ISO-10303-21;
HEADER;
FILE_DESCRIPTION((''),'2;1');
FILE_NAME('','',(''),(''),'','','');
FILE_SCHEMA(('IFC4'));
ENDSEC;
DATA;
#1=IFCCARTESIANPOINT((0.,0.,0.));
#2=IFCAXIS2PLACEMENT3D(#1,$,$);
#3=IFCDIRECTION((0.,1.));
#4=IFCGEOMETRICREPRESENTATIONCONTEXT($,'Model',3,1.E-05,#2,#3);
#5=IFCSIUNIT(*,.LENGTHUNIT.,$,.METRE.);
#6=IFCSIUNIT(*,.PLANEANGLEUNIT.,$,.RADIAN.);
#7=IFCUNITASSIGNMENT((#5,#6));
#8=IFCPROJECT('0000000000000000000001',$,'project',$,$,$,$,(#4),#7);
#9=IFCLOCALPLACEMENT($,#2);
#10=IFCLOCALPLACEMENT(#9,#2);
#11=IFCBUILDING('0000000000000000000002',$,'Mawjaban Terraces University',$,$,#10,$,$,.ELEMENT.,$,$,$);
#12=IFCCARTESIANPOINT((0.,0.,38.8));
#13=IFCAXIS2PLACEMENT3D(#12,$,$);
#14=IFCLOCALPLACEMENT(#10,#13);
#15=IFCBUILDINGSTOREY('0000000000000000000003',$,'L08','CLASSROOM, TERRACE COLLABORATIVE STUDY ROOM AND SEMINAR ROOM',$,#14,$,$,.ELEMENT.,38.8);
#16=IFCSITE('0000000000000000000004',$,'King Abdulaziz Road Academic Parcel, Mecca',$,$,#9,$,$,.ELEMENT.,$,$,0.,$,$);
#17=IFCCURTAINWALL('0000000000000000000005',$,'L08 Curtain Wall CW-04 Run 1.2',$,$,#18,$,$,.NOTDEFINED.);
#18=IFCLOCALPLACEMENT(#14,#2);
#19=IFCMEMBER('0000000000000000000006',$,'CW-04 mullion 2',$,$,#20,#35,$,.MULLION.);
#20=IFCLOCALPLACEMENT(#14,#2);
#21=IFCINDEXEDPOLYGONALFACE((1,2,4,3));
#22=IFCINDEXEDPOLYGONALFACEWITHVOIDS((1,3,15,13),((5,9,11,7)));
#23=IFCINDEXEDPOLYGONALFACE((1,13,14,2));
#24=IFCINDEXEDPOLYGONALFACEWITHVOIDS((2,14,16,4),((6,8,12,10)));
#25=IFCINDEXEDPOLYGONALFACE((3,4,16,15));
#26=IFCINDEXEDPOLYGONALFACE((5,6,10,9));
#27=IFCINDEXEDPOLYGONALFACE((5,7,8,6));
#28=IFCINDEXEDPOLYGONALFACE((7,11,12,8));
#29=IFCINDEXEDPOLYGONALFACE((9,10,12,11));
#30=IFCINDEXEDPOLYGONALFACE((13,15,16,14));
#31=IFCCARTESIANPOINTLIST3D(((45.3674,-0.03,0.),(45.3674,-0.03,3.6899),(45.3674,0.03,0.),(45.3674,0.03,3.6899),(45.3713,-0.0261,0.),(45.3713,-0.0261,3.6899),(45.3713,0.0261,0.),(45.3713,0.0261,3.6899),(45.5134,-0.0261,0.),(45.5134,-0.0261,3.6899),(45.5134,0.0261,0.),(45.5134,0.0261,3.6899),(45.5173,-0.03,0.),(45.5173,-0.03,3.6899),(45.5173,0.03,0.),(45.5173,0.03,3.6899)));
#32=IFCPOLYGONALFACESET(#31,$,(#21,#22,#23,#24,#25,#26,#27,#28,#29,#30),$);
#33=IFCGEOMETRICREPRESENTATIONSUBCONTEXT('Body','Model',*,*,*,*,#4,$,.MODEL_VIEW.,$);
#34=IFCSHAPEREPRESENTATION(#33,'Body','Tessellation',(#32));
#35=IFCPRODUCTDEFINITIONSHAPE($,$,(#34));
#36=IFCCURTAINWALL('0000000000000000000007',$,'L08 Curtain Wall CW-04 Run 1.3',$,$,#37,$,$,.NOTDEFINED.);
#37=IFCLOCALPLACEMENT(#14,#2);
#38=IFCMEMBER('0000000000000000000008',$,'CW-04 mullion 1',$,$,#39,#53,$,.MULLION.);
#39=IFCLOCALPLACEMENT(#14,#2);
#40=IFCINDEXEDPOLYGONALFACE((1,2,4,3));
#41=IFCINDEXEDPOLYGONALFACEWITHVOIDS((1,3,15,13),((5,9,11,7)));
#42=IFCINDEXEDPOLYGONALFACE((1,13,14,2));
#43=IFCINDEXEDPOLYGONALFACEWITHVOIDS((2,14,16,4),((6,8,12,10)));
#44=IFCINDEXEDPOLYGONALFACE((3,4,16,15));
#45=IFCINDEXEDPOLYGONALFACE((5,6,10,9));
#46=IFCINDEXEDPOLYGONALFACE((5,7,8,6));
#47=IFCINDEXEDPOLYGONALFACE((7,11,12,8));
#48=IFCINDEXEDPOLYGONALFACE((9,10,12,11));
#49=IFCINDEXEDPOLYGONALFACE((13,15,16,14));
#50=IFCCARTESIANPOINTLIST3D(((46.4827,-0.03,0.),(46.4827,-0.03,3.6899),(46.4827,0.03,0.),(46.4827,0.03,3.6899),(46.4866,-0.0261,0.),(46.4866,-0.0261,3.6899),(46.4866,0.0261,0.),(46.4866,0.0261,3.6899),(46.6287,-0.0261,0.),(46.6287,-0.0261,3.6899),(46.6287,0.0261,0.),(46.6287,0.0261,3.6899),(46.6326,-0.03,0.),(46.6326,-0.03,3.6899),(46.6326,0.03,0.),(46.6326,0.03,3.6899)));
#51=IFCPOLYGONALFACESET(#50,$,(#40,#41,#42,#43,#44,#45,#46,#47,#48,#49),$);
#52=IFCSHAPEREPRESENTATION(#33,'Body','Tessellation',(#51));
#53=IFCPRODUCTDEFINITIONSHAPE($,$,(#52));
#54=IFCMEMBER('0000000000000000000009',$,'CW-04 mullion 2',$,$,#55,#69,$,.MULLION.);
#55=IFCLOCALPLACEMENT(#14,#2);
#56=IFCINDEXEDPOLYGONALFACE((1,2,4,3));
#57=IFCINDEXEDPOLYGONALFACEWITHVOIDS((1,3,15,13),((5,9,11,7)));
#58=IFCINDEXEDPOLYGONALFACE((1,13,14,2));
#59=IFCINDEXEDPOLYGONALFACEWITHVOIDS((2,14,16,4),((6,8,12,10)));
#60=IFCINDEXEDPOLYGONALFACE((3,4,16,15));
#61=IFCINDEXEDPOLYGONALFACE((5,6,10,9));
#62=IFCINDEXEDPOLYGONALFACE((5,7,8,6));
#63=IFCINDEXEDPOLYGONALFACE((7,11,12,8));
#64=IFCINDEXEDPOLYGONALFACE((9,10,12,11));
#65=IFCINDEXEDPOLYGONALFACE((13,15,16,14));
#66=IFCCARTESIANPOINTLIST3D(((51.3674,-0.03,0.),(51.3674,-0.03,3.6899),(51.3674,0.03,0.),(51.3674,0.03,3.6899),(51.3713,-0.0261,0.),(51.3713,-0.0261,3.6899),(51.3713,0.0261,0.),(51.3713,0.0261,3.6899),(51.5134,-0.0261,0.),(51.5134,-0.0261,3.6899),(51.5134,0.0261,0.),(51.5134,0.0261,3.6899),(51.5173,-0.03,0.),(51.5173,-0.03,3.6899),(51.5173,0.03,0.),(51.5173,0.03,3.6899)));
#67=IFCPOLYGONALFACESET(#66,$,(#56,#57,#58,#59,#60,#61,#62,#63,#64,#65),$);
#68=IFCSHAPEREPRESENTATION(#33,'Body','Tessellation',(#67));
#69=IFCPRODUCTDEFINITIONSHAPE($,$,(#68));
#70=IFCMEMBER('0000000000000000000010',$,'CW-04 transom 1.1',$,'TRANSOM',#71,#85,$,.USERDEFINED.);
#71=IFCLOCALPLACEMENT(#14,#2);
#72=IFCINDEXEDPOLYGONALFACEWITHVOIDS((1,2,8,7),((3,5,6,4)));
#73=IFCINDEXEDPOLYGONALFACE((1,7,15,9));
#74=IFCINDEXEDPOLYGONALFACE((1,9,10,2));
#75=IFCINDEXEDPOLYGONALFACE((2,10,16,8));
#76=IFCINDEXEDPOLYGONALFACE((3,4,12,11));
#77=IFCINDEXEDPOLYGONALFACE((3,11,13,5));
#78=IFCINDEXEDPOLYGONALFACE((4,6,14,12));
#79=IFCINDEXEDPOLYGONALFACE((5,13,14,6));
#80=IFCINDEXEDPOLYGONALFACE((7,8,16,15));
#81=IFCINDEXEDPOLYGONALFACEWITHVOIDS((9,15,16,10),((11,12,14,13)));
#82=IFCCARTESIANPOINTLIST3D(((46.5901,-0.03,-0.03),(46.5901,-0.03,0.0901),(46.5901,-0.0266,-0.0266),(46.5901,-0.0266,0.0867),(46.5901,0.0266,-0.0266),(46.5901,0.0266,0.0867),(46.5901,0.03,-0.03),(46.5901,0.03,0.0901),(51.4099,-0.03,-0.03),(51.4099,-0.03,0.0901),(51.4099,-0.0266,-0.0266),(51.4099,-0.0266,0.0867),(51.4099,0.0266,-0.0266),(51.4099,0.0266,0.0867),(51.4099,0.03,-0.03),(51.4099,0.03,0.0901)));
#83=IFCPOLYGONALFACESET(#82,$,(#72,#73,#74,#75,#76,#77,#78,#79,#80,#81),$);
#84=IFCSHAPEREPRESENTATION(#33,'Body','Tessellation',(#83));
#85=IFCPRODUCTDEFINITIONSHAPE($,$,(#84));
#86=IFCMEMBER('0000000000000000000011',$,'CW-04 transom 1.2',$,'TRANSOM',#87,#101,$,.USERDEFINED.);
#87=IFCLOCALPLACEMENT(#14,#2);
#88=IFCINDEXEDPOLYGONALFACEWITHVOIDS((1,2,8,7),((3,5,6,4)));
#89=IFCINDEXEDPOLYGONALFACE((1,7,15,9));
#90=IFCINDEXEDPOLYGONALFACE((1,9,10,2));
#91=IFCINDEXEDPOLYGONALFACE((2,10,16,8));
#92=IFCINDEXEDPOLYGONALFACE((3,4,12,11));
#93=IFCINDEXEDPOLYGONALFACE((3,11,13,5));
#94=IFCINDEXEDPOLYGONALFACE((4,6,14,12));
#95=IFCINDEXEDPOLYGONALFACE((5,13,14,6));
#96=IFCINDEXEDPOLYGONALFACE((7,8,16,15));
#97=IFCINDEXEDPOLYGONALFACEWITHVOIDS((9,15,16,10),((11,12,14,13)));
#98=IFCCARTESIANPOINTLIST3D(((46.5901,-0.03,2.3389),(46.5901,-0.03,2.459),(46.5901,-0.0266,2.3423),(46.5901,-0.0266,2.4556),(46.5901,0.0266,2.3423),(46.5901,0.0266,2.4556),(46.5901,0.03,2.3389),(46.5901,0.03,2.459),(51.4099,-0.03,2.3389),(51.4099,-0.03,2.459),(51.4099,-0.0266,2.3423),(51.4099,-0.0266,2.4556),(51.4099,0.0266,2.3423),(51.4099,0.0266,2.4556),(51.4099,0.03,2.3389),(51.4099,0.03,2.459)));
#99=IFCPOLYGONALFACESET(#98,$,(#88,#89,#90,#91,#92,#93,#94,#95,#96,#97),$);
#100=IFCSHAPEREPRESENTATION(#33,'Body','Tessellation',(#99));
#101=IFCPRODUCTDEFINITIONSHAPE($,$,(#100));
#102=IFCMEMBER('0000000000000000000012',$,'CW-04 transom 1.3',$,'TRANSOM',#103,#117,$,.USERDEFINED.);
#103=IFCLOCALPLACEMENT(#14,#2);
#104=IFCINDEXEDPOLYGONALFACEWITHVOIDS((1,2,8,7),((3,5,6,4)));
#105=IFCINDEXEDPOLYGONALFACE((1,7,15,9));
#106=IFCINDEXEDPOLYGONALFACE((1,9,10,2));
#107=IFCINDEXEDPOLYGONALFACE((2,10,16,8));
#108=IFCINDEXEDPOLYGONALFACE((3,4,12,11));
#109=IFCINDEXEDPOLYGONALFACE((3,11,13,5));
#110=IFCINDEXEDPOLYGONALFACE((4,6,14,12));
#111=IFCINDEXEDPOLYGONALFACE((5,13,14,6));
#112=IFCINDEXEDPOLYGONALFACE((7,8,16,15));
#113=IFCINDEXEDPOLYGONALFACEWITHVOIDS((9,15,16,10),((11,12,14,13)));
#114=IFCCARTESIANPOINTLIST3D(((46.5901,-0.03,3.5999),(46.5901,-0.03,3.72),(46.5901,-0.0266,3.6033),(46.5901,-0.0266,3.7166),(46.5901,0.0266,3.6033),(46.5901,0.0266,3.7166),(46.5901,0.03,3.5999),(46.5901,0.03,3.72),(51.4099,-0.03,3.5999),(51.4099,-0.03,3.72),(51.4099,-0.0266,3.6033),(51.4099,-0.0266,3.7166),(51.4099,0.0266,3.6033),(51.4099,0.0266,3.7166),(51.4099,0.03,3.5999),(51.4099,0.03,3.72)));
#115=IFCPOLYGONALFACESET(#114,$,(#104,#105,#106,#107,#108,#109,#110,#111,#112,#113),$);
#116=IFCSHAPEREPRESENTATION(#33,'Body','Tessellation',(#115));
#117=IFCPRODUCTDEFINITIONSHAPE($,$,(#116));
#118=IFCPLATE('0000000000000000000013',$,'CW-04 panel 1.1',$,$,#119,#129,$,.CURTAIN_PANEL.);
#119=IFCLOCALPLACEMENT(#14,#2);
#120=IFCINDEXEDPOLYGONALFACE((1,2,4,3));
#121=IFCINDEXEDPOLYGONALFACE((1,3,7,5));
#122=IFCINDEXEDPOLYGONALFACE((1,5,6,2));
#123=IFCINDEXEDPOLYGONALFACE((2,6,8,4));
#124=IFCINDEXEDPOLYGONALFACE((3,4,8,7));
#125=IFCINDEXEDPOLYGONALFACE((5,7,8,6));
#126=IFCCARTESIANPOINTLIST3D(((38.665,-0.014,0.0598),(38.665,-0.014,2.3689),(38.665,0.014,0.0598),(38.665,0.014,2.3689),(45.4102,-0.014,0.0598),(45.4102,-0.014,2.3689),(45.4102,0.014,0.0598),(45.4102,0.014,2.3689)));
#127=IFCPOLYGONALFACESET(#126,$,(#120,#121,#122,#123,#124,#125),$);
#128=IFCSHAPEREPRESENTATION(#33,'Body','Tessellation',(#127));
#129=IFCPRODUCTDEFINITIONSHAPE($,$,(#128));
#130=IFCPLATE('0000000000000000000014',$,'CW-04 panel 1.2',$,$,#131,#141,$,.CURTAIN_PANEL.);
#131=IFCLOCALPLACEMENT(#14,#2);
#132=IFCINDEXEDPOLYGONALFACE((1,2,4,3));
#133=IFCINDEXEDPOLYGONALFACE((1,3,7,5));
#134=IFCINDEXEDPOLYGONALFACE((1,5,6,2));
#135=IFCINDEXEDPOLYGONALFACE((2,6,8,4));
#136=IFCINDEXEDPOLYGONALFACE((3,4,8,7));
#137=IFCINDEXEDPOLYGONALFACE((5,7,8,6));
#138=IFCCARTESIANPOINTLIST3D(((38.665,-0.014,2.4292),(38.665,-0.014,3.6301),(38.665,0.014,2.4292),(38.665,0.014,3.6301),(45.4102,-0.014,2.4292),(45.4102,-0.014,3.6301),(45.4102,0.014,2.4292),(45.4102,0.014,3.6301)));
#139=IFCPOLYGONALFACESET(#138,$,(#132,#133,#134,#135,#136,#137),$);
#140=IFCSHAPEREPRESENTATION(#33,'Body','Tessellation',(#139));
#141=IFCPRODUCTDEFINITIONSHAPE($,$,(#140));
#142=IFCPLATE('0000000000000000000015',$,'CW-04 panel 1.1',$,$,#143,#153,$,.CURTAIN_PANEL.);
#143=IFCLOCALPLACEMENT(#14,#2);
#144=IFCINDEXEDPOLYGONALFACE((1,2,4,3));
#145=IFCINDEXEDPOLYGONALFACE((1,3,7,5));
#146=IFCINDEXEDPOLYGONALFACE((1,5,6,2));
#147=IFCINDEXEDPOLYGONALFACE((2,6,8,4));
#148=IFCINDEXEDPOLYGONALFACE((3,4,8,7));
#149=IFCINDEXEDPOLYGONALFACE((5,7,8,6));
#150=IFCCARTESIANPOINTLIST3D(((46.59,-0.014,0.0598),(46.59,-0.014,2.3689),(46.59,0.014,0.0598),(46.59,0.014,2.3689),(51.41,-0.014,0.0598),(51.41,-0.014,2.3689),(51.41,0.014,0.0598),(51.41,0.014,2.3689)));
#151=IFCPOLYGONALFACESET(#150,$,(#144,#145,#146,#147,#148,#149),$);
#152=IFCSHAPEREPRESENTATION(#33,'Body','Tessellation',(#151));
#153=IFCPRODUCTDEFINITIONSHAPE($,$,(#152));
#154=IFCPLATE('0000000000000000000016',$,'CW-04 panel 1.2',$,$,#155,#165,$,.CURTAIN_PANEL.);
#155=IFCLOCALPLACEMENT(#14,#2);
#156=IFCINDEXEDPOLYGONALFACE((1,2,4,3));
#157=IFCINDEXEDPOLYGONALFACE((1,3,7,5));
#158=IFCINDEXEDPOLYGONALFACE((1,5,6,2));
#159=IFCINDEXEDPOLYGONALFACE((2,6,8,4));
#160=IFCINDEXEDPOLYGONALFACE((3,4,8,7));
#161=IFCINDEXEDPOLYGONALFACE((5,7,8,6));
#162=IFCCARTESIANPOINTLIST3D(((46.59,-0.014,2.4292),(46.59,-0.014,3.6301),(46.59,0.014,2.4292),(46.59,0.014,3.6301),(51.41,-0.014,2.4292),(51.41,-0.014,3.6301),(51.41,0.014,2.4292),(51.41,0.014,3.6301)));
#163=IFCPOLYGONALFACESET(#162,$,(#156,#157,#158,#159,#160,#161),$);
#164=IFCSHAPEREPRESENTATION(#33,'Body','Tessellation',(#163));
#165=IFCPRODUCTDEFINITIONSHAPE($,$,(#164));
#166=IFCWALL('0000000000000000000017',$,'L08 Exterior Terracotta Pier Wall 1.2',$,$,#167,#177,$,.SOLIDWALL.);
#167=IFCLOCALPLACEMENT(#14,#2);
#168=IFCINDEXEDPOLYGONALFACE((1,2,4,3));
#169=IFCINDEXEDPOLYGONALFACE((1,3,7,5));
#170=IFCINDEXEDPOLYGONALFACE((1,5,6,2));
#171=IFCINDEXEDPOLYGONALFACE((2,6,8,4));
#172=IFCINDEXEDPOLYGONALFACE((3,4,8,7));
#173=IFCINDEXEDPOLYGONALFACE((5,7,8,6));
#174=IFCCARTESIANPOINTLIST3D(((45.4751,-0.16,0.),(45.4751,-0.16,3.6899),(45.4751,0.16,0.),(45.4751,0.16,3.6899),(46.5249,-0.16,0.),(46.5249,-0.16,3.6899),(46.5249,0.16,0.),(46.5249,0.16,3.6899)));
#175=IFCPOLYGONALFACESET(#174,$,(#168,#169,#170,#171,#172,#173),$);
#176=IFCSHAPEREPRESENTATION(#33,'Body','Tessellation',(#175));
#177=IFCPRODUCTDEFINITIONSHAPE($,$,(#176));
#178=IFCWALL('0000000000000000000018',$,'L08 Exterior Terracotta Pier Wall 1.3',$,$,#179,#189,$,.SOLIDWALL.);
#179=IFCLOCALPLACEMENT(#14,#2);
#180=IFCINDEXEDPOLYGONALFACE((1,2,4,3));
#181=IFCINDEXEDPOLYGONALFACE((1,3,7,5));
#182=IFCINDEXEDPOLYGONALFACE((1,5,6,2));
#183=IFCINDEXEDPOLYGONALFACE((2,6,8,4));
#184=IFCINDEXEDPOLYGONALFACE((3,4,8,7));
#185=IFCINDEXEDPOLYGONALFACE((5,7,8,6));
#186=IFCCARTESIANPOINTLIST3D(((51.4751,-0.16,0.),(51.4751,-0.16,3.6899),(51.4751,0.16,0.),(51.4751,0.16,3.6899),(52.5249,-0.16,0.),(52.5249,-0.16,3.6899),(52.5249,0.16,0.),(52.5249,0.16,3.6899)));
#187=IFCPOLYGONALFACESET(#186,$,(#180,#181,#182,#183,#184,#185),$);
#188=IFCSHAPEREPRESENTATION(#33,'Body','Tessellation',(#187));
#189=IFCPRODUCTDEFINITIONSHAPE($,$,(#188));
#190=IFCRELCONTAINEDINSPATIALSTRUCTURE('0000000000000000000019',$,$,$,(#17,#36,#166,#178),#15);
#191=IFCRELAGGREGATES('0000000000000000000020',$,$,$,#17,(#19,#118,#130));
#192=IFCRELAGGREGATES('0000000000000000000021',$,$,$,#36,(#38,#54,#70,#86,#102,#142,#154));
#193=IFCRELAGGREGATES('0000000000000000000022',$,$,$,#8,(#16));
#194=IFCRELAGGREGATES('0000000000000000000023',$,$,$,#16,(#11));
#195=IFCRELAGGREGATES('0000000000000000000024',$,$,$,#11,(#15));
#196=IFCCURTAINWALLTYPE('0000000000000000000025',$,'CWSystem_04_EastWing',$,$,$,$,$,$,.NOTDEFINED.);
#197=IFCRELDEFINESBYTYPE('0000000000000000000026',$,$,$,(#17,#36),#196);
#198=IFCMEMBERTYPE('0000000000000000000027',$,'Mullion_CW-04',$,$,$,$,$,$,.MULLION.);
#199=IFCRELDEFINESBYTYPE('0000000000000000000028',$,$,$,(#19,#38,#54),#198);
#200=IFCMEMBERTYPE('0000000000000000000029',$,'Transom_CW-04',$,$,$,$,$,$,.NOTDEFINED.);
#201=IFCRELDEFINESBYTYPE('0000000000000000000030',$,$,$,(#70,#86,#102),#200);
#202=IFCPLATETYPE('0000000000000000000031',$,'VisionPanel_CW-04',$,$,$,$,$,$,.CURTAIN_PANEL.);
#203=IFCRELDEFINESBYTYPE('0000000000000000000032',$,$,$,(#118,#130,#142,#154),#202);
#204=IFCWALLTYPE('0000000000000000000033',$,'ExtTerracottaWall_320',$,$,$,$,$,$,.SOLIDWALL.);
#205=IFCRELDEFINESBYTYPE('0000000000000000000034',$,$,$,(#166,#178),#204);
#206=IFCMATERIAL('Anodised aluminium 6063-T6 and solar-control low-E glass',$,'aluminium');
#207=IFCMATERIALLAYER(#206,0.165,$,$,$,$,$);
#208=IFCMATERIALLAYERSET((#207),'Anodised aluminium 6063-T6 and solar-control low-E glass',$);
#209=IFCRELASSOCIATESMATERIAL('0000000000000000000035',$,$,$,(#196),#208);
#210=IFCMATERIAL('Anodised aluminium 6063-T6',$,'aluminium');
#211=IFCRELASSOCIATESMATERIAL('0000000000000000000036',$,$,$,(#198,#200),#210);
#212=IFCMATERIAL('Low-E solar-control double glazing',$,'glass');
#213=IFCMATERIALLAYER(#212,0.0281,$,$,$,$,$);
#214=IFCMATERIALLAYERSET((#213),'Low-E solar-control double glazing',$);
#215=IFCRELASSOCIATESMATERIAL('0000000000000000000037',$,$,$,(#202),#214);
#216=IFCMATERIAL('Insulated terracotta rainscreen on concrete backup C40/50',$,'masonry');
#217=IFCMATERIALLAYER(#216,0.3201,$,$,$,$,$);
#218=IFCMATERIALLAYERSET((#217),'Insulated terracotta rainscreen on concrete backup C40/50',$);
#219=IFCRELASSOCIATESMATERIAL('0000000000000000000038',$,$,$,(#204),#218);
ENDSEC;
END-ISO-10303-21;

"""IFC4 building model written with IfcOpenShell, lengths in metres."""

from ifc_helpers import new_model, si_unit, direction, frame, frame_2d, origin, origin_2d, place, context, subcontext, project, spatial, rectangle, hollow_rectangle, extrude, material, layer, layer_set, material_profile, profile_set, type_object, element, aggregate, save


model = new_model("IFC4")

# Units and contexts
model_context = context("Model", 3, precision=1e-05, world=origin(), true_north=direction((0.0, 1.0)))
body_context = subcontext(model_context, "Body", "Model", "MODEL_VIEW")
ifc_project = project(units=[si_unit("LENGTHUNIT", "METRE"), si_unit("PLANEANGLEUNIT", "RADIAN")], contexts=[model_context])

# Site, building, storey
site_placement = place(None, origin())
site = spatial("IfcSite", under=ifc_project, at=site_placement, Name="King Abdulaziz Road Academic Parcel, Mecca", CompositionType="ELEMENT", RefElevation=0.0)
building_placement = place(site_placement, origin())
building = spatial("IfcBuilding", under=site, at=building_placement, Name="Mawjaban Terraces University", CompositionType="ELEMENT")
storey_placement = place(building_placement, frame((0.0, 0.0, 38.8)))
storey = spatial("IfcBuildingStorey", under=building, at=storey_placement, Name="L08", Description="CLASSROOM, TERRACE COLLABORATIVE STUDY ROOM AND SEMINAR ROOM", CompositionType="ELEMENT", Elevation=38.8)

# Curtain wall, member
ifc_material_1 = material(Name="Anodised aluminium 6063-T6 and solar-control low-E glass", Category="aluminium")
ifc_layer_1 = layer(ifc_material_1, 0.165)
ifc_layer_set_1 = layer_set([ifc_layer_1], Name="Anodised aluminium 6063-T6 and solar-control low-E glass")
curtain_wall_type = type_object("IfcCurtainWallType", Name="CWSystem_04_EastWing", PredefinedType="NOTDEFINED", material=ifc_layer_set_1)
curtain_wall_1_placement = place(storey_placement, origin())
curtain_wall_1 = element("IfcCurtainWall", 1, at=curtain_wall_1_placement, inside=storey, type_object=curtain_wall_type, Name="L08 Curtain Wall CW-04 Run 1.2", PredefinedType="NOTDEFINED")
ifc_material_2 = material(Name="Anodised aluminium 6063-T6", Category="aluminium")
ifc_material_profile_1 = material_profile(ifc_material_2, hollow_rectangle(XDim=0.0601, YDim=0.1499, WallThickness=0.0039, at=origin_2d()), Name="ALU150X60X4")
ifc_profile_set_1 = profile_set([ifc_material_profile_1], Name="Anodised aluminium 6063-T6")
member_type_1 = type_object("IfcMemberType", Name="Mullion_CW-04", PredefinedType="MULLION", material=ifc_profile_set_1)
member_1_placement = place(storey_placement, frame((45.4424, 0.0, 0.0), z_axis=(0.0, 0.0, 1.0), x_axis=(0.0, 1.0, 0.0)))
member_1 = element("IfcMember", 2, at=member_1_placement, type_object=member_type_1, Name="CW-04 mullion 2", PredefinedType="MULLION", context=body_context, shape_type="SweptSolid", body=[
    extrude(hollow_rectangle(XDim=0.0601, YDim=0.1499, WallThickness=0.0039, at=origin_2d()), origin(), (0.0, 0.0, 1.0), 3.6899),
])

# Curtain wall, members
curtain_wall_2_placement = place(storey_placement, origin())
curtain_wall_2 = element("IfcCurtainWall", 3, at=curtain_wall_2_placement, inside=storey, type_object=curtain_wall_type, Name="L08 Curtain Wall CW-04 Run 1.3", PredefinedType="NOTDEFINED")
member_2_placement = place(storey_placement, frame((46.5576, 0.0, 0.0), z_axis=(0.0, 0.0, 1.0), x_axis=(0.0, 1.0, 0.0)))
member_2 = element("IfcMember", 4, at=member_2_placement, type_object=member_type_1, Name="CW-04 mullion 1", PredefinedType="MULLION", context=body_context, shape_type="SweptSolid", body=[
    extrude(hollow_rectangle(XDim=0.0601, YDim=0.1499, WallThickness=0.0039, at=origin_2d()), origin(), (0.0, 0.0, 1.0), 3.6899),
])
member_3_placement = place(storey_placement, frame((51.4424, 0.0, 0.0), z_axis=(0.0, 0.0, 1.0), x_axis=(0.0, 1.0, 0.0)))
member_3 = element("IfcMember", 5, at=member_3_placement, type_object=member_type_1, Name="CW-04 mullion 2", PredefinedType="MULLION", context=body_context, shape_type="SweptSolid", body=[
    extrude(hollow_rectangle(XDim=0.0601, YDim=0.1499, WallThickness=0.0039, at=origin_2d()), origin(), (0.0, 0.0, 1.0), 3.6899),
])
ifc_material_profile_2 = material_profile(ifc_material_2, hollow_rectangle(XDim=0.0601, YDim=0.1201, WallThickness=0.0034, at=origin_2d()), Name="ALU120X60X3.5")
ifc_profile_set_2 = profile_set([ifc_material_profile_2], Name="Anodised aluminium 6063-T6")
member_type_2 = type_object("IfcMemberType", Name="Transom_CW-04", PredefinedType="NOTDEFINED", material=ifc_profile_set_2)
member_4_placement = place(storey_placement, frame((46.5901, 0.0, 0.03), z_axis=(1.0, 0.0, 0.0), x_axis=(0.0, 1.0, 0.0)))
member_4 = element("IfcMember", 6, at=member_4_placement, type_object=member_type_2, Name="CW-04 transom 1.1", ObjectType="TRANSOM", PredefinedType="USERDEFINED", context=body_context, shape_type="SweptSolid", body=[
    extrude(hollow_rectangle(XDim=0.0601, YDim=0.1201, WallThickness=0.0034, at=origin_2d()), origin(), (0.0, 0.0, 1.0), 4.8198),
])
member_5_placement = place(storey_placement, frame((46.5901, 0.0, 2.3989), z_axis=(1.0, 0.0, 0.0), x_axis=(0.0, 1.0, 0.0)))
member_5 = element("IfcMember", 7, at=member_5_placement, type_object=member_type_2, Name="CW-04 transom 1.2", ObjectType="TRANSOM", PredefinedType="USERDEFINED", context=body_context, shape_type="SweptSolid", body=[
    extrude(hollow_rectangle(XDim=0.0601, YDim=0.1201, WallThickness=0.0034, at=origin_2d()), origin(), (0.0, 0.0, 1.0), 4.8198),
])
member_6_placement = place(storey_placement, frame((46.5901, 0.0, 3.6599), z_axis=(1.0, 0.0, 0.0), x_axis=(0.0, 1.0, 0.0)))
member_6 = element("IfcMember", 8, at=member_6_placement, type_object=member_type_2, Name="CW-04 transom 1.3", ObjectType="TRANSOM", PredefinedType="USERDEFINED", context=body_context, shape_type="SweptSolid", body=[
    extrude(hollow_rectangle(XDim=0.0601, YDim=0.1201, WallThickness=0.0034, at=origin_2d()), origin(), (0.0, 0.0, 1.0), 4.8198),
])

# Plates
ifc_material_3 = material(Name="Low-E solar-control double glazing", Category="glass")
ifc_layer_2 = layer(ifc_material_3, 0.0281)
ifc_layer_set_2 = layer_set([ifc_layer_2], Name="Low-E solar-control double glazing")
plate_type = type_object("IfcPlateType", Name="VisionPanel_CW-04", PredefinedType="CURTAIN_PANEL", material=ifc_layer_set_2)
plate_1_placement = place(storey_placement, frame((42.0376, 0.0, 0.0598), z_axis=(0.0, 0.0, 1.0), x_axis=(1.0, 0.0, 0.0)))
plate_1 = element("IfcPlate", 9, at=plate_1_placement, type_object=plate_type, Name="CW-04 panel 1.1", PredefinedType="CURTAIN_PANEL", context=body_context, shape_type="SweptSolid", body=[
    extrude(rectangle(XDim=6.7451, YDim=0.0281, at=origin_2d()), origin(), (0.0, 0.0, 1.0), 2.3091),
])
plate_2_placement = place(storey_placement, frame((42.0376, 0.0, 2.4292), z_axis=(0.0, 0.0, 1.0), x_axis=(1.0, 0.0, 0.0)))
plate_2 = element("IfcPlate", 10, at=plate_2_placement, type_object=plate_type, Name="CW-04 panel 1.2", PredefinedType="CURTAIN_PANEL", context=body_context, shape_type="SweptSolid", body=[
    extrude(rectangle(XDim=6.7451, YDim=0.0281, at=origin_2d()), origin(), (0.0, 0.0, 1.0), 1.2009),
])
aggregate(curtain_wall_1, [member_1, plate_1, plate_2])
plate_3_placement = place(storey_placement, frame((49.0, 0.0, 0.0598), z_axis=(0.0, 0.0, 1.0), x_axis=(1.0, 0.0, 0.0)))
plate_3 = element("IfcPlate", 11, at=plate_3_placement, type_object=plate_type, Name="CW-04 panel 1.1", PredefinedType="CURTAIN_PANEL", context=body_context, shape_type="SweptSolid", body=[
    extrude(rectangle(XDim=4.8201, YDim=0.0281, at=origin_2d()), origin(), (0.0, 0.0, 1.0), 2.3091),
])
plate_4_placement = place(storey_placement, frame((49.0, 0.0, 2.4292), z_axis=(0.0, 0.0, 1.0), x_axis=(1.0, 0.0, 0.0)))
plate_4 = element("IfcPlate", 12, at=plate_4_placement, type_object=plate_type, Name="CW-04 panel 1.2", PredefinedType="CURTAIN_PANEL", context=body_context, shape_type="SweptSolid", body=[
    extrude(rectangle(XDim=4.8201, YDim=0.0281, at=origin_2d()), origin(), (0.0, 0.0, 1.0), 1.2009),
])
aggregate(curtain_wall_2, [member_2, member_3, member_4, member_5, member_6, plate_3, plate_4])

# Walls
ifc_material_4 = material(Name="Insulated terracotta rainscreen on concrete backup C40/50", Category="masonry")
ifc_layer_3 = layer(ifc_material_4, 0.3201)
ifc_layer_set_3 = layer_set([ifc_layer_3], Name="Insulated terracotta rainscreen on concrete backup C40/50")
wall_type_1 = type_object("IfcWallType", Name="ExtTerracottaWall_320", PredefinedType="SOLIDWALL", material=ifc_layer_set_3)
for number, where, z_axis, x_axis, name in (
    (13, (45.4751, 0.0, 0.0), (0.0, 0.0, 1.0), (1.0, 0.0, 0.0), "L08 Exterior Terracotta Pier Wall 1.2"),
    (14, (51.4751, 0.0, 0.0), (0.0, 0.0, 1.0), (1.0, 0.0, 0.0), "L08 Exterior Terracotta Pier Wall 1.3"),
):
    element("IfcWall", number, at=place(storey_placement, frame(where, z_axis=z_axis, x_axis=x_axis)), inside=storey, type_object=wall_type_1, Name=name, PredefinedType="SOLIDWALL", context=body_context, shape_type="SweptSolid", body=[
        extrude(rectangle(XDim=1.0498, YDim=0.3201, at=frame_2d((0.5249, 0.0))), origin(), (0.0, 0.0, 1.0), 3.6899),
    ])

save(model, "model.ifc")
